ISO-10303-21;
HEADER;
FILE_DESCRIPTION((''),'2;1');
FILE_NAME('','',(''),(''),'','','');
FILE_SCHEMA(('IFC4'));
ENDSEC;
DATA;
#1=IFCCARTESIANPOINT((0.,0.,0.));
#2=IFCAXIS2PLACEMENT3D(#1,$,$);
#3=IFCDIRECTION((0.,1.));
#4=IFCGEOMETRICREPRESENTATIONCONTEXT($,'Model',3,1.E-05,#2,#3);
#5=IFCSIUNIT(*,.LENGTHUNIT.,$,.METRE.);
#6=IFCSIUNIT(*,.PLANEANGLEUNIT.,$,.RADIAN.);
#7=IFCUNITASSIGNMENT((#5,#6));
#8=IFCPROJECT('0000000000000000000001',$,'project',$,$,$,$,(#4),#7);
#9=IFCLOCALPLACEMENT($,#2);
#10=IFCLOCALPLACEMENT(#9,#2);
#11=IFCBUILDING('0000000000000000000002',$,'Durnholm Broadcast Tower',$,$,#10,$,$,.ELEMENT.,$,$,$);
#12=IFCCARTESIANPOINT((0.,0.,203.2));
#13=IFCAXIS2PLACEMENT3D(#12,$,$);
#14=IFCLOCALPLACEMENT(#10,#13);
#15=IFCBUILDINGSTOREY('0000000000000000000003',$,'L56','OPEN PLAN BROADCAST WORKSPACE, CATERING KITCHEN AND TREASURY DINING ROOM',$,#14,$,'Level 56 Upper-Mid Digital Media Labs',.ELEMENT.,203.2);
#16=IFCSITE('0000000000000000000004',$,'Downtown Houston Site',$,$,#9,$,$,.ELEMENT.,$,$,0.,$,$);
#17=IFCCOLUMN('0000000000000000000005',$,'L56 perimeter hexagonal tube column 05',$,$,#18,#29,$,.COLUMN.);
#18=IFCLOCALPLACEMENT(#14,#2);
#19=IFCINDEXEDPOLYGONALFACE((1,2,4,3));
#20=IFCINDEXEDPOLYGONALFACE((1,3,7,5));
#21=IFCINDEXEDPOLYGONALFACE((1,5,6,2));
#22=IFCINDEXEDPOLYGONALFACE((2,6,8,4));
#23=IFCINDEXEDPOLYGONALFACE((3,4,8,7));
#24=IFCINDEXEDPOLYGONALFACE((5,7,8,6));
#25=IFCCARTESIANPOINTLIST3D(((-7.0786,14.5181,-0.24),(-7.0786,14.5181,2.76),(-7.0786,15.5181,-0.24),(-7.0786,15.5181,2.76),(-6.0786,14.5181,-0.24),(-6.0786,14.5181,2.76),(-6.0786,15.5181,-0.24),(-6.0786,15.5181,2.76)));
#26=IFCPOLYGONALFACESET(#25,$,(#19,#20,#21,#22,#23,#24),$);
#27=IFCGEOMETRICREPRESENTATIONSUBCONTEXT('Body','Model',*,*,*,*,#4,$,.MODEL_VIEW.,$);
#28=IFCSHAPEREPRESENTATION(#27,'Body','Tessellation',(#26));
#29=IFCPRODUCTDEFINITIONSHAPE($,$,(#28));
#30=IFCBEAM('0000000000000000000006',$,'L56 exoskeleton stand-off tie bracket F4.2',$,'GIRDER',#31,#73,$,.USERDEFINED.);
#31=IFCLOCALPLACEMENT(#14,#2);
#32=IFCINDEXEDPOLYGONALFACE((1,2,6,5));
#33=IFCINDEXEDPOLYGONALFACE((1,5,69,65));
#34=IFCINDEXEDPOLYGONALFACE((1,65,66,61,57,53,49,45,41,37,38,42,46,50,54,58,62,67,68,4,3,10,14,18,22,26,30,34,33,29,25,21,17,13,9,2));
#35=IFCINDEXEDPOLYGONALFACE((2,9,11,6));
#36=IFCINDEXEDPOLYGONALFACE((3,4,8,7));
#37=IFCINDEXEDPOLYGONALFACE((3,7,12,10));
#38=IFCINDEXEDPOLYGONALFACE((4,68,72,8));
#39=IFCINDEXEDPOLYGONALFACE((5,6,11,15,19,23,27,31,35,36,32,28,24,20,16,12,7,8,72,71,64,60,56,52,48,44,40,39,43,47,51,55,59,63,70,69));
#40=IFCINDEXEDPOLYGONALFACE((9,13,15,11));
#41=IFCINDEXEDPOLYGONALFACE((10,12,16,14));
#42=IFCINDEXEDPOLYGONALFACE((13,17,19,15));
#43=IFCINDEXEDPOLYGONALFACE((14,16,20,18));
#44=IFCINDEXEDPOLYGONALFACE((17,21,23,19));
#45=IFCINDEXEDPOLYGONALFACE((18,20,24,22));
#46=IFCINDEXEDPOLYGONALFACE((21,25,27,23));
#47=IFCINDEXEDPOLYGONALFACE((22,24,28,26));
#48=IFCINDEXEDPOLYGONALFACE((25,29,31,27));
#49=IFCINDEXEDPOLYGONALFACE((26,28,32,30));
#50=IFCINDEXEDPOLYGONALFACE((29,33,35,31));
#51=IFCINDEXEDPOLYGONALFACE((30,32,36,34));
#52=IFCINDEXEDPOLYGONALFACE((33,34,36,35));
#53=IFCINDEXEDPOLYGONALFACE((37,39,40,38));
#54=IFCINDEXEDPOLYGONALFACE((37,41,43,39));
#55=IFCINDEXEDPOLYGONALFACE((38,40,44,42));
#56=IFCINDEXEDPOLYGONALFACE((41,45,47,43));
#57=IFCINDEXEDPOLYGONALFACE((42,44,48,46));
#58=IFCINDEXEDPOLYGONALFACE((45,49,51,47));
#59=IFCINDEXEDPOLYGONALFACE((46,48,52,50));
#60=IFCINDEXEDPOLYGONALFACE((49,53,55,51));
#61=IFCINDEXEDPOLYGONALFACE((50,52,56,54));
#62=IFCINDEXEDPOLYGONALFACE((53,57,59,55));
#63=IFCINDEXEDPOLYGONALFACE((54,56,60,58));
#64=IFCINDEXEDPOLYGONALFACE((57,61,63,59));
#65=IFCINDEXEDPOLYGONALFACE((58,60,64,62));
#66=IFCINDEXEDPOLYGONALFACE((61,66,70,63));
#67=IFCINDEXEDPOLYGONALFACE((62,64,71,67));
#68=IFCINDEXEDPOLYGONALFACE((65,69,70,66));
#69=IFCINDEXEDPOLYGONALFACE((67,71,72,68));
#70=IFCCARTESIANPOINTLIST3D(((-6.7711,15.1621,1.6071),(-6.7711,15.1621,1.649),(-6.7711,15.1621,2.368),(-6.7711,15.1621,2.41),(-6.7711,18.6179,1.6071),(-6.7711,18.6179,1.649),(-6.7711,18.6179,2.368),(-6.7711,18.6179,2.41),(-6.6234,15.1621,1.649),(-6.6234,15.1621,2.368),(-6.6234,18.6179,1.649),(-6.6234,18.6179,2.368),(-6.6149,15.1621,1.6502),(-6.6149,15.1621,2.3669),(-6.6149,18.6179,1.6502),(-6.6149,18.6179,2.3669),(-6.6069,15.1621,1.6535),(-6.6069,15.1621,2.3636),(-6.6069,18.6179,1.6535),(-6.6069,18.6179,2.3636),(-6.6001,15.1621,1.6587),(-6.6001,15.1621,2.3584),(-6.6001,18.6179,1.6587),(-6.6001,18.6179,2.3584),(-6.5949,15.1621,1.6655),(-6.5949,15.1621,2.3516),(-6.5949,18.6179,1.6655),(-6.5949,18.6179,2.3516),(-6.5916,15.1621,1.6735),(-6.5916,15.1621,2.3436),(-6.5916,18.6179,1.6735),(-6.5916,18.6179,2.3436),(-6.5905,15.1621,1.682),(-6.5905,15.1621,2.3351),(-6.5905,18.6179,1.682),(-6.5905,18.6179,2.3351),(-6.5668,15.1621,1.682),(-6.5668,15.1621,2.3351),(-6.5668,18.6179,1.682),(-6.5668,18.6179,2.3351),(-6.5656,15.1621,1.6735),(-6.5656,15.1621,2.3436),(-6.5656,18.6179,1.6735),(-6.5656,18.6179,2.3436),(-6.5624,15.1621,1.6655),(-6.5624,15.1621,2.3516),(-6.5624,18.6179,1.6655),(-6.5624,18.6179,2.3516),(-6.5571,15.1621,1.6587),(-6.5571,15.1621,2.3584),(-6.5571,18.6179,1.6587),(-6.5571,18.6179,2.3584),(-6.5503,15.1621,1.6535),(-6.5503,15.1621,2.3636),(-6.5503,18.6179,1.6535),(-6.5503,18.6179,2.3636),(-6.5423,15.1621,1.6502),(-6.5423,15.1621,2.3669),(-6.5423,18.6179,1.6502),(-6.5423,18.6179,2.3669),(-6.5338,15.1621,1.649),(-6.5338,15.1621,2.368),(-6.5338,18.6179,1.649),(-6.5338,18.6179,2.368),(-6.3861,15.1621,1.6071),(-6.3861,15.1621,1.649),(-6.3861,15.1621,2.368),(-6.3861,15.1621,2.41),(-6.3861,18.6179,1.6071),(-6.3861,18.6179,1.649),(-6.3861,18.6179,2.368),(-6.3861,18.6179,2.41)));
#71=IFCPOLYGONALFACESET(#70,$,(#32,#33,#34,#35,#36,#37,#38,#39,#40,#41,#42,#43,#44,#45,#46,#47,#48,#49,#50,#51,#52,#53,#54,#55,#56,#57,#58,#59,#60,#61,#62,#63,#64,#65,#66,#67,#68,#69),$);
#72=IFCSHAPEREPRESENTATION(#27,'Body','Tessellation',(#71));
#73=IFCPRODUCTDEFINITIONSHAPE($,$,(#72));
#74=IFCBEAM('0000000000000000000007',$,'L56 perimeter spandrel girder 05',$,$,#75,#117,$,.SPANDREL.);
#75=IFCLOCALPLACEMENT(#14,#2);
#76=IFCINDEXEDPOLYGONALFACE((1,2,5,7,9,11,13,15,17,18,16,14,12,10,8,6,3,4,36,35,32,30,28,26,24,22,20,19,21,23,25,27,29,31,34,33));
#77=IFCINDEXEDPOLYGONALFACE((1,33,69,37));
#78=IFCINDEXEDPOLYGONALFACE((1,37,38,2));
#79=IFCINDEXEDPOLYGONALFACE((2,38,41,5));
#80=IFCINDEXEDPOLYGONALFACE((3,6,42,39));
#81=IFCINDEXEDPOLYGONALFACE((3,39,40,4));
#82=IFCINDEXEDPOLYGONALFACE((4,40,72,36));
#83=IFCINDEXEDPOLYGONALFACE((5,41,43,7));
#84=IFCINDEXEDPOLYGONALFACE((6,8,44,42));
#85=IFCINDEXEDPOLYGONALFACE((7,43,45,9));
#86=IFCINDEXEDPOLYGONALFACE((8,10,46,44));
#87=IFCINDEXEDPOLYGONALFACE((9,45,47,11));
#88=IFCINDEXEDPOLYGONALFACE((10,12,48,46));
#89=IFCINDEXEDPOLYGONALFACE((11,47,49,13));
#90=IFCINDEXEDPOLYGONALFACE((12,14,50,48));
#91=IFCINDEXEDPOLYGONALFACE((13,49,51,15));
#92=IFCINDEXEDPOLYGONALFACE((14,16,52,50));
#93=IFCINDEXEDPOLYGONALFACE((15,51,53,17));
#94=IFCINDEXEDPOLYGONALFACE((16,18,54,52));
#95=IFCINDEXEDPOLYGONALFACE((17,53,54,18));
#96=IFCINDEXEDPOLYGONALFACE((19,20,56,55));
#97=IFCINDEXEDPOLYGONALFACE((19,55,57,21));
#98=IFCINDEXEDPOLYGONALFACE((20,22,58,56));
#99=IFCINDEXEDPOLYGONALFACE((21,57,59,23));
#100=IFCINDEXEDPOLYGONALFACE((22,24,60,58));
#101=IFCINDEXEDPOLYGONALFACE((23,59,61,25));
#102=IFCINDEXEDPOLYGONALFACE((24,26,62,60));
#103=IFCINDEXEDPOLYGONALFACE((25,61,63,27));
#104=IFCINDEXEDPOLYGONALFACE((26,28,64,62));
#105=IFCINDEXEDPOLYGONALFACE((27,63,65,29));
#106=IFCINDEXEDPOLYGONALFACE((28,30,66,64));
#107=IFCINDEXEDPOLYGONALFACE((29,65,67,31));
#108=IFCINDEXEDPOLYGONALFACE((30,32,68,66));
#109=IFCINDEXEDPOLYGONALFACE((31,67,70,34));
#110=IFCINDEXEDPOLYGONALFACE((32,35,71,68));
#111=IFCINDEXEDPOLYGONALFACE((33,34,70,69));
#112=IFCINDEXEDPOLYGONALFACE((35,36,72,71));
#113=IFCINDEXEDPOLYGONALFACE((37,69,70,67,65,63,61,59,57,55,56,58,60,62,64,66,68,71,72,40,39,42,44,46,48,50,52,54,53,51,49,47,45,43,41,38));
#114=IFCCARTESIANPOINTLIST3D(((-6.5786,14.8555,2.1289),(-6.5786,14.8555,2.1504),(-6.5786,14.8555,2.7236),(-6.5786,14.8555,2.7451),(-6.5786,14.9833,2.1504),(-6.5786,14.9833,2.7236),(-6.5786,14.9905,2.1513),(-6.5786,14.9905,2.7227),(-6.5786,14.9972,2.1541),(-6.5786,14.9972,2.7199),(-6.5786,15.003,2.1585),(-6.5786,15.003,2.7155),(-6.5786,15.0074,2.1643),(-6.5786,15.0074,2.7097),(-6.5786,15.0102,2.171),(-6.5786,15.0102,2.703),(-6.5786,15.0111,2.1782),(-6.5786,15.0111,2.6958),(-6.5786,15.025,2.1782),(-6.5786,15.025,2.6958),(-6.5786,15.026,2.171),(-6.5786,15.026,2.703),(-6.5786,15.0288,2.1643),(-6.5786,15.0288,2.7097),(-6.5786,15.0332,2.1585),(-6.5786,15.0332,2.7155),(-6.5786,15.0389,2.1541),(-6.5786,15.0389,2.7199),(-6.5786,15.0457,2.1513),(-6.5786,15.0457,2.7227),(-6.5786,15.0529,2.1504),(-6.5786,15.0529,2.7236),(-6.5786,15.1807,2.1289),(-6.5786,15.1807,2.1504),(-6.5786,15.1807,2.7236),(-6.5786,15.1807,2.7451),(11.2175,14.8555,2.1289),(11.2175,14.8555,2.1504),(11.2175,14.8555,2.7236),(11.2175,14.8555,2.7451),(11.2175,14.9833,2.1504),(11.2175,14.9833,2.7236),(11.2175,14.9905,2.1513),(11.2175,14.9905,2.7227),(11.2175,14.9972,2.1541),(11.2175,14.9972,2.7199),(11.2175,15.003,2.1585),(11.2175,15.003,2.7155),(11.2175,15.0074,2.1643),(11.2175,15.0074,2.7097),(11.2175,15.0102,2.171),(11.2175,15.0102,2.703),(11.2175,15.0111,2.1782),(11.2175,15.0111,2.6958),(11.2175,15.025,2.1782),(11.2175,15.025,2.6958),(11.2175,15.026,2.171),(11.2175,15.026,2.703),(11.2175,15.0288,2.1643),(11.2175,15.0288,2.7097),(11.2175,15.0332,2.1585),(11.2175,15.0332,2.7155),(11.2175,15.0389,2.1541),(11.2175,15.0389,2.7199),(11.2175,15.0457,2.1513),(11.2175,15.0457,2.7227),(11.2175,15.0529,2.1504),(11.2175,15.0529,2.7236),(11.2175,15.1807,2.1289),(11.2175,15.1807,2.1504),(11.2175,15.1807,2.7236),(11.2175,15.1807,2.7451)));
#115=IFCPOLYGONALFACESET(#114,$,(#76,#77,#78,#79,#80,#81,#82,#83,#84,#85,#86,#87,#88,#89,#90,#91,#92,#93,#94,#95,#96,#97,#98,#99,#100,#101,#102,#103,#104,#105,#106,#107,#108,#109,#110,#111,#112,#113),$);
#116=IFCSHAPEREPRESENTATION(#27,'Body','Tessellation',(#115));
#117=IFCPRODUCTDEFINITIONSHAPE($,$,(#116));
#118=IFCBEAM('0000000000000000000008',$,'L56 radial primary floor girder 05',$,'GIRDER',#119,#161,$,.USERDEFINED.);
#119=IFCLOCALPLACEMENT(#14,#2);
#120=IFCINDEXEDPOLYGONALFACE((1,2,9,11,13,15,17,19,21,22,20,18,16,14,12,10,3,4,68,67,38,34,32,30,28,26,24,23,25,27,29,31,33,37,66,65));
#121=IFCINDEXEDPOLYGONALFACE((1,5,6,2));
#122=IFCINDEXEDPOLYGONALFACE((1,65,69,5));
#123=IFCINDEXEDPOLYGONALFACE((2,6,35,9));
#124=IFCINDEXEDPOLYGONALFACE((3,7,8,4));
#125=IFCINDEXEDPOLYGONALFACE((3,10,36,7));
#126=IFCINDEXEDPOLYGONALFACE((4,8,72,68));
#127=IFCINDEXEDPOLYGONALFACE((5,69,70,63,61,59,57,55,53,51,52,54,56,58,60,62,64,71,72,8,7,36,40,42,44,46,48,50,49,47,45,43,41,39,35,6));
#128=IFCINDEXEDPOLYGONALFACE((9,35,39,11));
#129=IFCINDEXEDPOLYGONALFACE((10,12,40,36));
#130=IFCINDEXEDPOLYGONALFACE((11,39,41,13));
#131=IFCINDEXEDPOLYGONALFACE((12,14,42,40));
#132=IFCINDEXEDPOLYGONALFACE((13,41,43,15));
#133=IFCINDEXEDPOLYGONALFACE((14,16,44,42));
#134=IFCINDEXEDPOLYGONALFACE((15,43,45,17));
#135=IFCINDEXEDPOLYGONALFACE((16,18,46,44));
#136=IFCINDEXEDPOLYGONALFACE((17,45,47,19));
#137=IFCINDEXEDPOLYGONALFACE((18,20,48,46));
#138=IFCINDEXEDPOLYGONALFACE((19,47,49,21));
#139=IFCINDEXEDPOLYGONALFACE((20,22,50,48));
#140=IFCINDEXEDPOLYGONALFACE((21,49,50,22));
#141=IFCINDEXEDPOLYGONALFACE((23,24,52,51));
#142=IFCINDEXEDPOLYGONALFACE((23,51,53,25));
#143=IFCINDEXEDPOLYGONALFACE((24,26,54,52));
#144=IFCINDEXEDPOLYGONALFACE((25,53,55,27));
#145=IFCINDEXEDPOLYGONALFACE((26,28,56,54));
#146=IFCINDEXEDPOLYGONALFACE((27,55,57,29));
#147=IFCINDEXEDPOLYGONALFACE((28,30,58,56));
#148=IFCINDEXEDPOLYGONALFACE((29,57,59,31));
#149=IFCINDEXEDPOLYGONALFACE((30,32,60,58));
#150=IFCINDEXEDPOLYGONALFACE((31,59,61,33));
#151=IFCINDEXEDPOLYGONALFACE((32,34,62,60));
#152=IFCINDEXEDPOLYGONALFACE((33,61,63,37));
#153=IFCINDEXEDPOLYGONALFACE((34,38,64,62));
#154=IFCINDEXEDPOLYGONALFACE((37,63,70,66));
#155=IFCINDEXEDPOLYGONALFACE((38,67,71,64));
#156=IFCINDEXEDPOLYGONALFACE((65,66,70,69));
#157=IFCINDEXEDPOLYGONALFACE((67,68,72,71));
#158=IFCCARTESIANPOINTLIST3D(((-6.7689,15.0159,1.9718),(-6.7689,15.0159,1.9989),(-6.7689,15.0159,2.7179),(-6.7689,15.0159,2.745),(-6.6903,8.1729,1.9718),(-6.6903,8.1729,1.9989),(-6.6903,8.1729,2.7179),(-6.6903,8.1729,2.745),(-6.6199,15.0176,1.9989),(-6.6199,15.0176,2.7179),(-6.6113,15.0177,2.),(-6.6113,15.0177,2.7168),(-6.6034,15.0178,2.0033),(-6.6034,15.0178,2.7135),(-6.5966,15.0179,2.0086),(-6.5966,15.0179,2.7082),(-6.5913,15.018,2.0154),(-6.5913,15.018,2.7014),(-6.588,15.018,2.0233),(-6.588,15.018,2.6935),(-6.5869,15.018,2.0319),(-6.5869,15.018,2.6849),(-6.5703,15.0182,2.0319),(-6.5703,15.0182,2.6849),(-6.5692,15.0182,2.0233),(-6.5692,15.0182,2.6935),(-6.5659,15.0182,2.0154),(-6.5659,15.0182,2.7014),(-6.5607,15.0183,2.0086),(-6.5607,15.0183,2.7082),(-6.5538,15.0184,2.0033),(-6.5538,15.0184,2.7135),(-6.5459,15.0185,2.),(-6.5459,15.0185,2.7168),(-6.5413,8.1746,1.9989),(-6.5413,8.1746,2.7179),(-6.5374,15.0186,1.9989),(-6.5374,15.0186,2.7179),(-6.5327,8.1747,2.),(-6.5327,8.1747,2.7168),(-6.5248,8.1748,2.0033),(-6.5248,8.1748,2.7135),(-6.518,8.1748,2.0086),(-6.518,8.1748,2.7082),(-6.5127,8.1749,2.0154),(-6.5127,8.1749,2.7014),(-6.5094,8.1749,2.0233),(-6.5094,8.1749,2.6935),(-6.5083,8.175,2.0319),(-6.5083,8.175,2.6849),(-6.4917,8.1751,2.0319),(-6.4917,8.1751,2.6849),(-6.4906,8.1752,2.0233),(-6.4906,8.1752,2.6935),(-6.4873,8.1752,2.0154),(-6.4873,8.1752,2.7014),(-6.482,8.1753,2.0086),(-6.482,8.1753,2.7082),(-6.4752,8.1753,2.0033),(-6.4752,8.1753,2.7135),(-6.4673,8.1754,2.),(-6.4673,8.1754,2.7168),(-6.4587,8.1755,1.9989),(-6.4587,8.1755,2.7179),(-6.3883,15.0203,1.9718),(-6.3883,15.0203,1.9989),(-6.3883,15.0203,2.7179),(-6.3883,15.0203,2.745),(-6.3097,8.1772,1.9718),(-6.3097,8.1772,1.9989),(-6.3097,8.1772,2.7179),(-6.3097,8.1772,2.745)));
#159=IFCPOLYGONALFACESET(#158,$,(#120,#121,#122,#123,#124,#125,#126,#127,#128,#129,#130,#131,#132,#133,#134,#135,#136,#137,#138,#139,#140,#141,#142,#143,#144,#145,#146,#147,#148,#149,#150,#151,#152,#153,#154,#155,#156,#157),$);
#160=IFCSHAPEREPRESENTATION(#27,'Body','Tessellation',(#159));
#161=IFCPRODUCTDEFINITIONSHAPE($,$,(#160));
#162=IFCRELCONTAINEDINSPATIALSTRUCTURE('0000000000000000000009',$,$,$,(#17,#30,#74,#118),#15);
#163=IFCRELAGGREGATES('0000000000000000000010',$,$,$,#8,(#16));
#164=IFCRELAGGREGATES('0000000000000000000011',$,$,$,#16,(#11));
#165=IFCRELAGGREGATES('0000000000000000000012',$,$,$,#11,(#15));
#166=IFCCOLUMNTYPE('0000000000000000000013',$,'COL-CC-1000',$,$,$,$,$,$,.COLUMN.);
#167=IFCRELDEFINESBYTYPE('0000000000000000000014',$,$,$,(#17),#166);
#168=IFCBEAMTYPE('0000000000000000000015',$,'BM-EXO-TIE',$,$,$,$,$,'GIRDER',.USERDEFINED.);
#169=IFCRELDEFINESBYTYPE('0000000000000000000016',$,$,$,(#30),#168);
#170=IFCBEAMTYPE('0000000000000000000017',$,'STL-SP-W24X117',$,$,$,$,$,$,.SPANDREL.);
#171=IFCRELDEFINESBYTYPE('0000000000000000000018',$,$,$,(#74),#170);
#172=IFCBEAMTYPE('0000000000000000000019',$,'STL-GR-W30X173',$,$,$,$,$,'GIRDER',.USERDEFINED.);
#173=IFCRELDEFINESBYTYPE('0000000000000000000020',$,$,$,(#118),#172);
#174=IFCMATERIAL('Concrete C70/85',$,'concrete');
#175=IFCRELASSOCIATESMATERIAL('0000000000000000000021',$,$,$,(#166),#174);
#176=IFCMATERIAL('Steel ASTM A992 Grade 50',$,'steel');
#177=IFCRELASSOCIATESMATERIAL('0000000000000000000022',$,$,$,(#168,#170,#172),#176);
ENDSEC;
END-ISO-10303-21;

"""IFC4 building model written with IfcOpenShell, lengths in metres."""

from ifc_helpers import new_model, si_unit, direction, frame, origin, origin_2d, place, context, subcontext, project, spatial, rectangle, i_section, extrude, source, transform, mapped, material, material_profile, profile_set, type_object, type_shapes, element, save


model = new_model("IFC4")

# Units and contexts
model_context = context("Model", 3, precision=1e-05, world=origin(), true_north=direction((0.0, 1.0)))
body_context = subcontext(model_context, "Body", "Model", "MODEL_VIEW")
ifc_project = project(units=[si_unit("LENGTHUNIT", "METRE"), si_unit("PLANEANGLEUNIT", "RADIAN")], contexts=[model_context])

# Site, building, storey
site_placement = place(None, origin())
site = spatial("IfcSite", under=ifc_project, at=site_placement, Name="Downtown Houston Site", CompositionType="ELEMENT", RefElevation=0.0)
building_placement = place(site_placement, origin())
building = spatial("IfcBuilding", under=site, at=building_placement, Name="Durnholm Broadcast Tower", CompositionType="ELEMENT")
storey_placement = place(building_placement, frame((0.0, 0.0, 203.2)))
storey = spatial("IfcBuildingStorey", under=building, at=storey_placement, Name="L56", Description="OPEN PLAN BROADCAST WORKSPACE, CATERING KITCHEN AND TREASURY DINING ROOM", LongName="Level 56 Upper-Mid Digital Media Labs", CompositionType="ELEMENT", Elevation=203.2)

# Column
ifc_material_1 = material(Name="Concrete C70/85", Category="concrete")
ifc_material_profile_1 = material_profile(ifc_material_1, rectangle(XDim=1.0, YDim=1.0, at=origin_2d()), Name="RC1000X1000")
ifc_profile_set_1 = profile_set([ifc_material_profile_1], Name="Concrete C70/85")
column_type = type_object("IfcColumnType", Name="COL-CC-1000", PredefinedType="COLUMN", material=ifc_profile_set_1)
shared_shape_1 = source(origin(), body_context, "Body", "SweptSolid", [
    extrude(rectangle(XDim=1.0, YDim=1.0, at=origin_2d()), origin(), (0.0, 0.0, 1.0), 3.0),
])
type_shapes(column_type, [shared_shape_1])
column_placement = place(storey_placement, frame((-6.5786, 15.0181, -0.24), z_axis=(0.0, 0.0, 1.0), x_axis=(1.0, 0.0, 0.0)))
element("IfcColumn", 1, at=column_placement, inside=storey, type_object=column_type, Name="L56 perimeter hexagonal tube column 05", PredefinedType="COLUMN", context=body_context, shape_type="MappedRepresentation", body=[
    mapped(shared_shape_1, transform((0.0, 0.0, 0.0), x_axis=(1.0, 0.0, 0.0), y_axis=(0.0, 1.0, 0.0), z_axis=(0.0, 0.0, 1.0), scale=1.0)),
])

# Beams
ifc_material_2 = material(Name="Steel ASTM A992 Grade 50", Category="steel")
ifc_material_profile_2 = material_profile(ifc_material_2, i_section(OverallWidth=0.385, OverallDepth=0.803, WebThickness=0.0237, FlangeThickness=0.042, FilletRadius=0.033, at=origin_2d()), Name="W30X261")
ifc_profile_set_2 = profile_set([ifc_material_profile_2], Name="Steel ASTM A992 Grade 50")
beam_type_1 = type_object("IfcBeamType", Name="BM-EXO-TIE", ElementType="GIRDER", PredefinedType="USERDEFINED", material=ifc_profile_set_2)
shared_shape_2 = source(origin(), body_context, "Body", "SweptSolid", [
    extrude(i_section(OverallWidth=0.385, OverallDepth=0.803, WebThickness=0.0237, FlangeThickness=0.042, FilletRadius=0.033, at=origin_2d()), origin(), (0.0, 0.0, 1.0), 3.4558),
])
type_shapes(beam_type_1, [shared_shape_2])
beam_1_placement = place(storey_placement, frame((-6.5786, 15.1621, 2.0085), z_axis=(0.0, 1.0, 0.0), x_axis=(-1.0, 0.0, 0.0)))
element("IfcBeam", 2, at=beam_1_placement, inside=storey, type_object=beam_type_1, Name="L56 exoskeleton stand-off tie bracket F4.2", ObjectType="GIRDER", PredefinedType="USERDEFINED", context=body_context, shape_type="MappedRepresentation", body=[
    mapped(shared_shape_2, transform((0.0, 0.0, 0.0), x_axis=(1.0, 0.0, 0.0), y_axis=(0.0, 1.0, 0.0), z_axis=(0.0, 0.0, 1.0), scale=1.0)),
])
ifc_material_profile_3 = material_profile(ifc_material_2, i_section(OverallWidth=0.3252, OverallDepth=0.6162, WebThickness=0.0139, FlangeThickness=0.0215, FilletRadius=0.0278, at=origin_2d()), Name="W24X117")
ifc_profile_set_3 = profile_set([ifc_material_profile_3], Name="Steel ASTM A992 Grade 50")
beam_type_2 = type_object("IfcBeamType", Name="STL-SP-W24X117", PredefinedType="SPANDREL", material=ifc_profile_set_3)
shared_shape_3 = source(origin(), body_context, "Body", "SweptSolid", [
    extrude(i_section(OverallWidth=0.3252, OverallDepth=0.6162, WebThickness=0.0139, FlangeThickness=0.0215, FilletRadius=0.0278, at=origin_2d()), origin(), (0.0, 0.0, 1.0), 17.7961),
])
type_shapes(beam_type_2, [shared_shape_3])
beam_2_placement = place(storey_placement, frame((-6.5786, 15.0181, 2.437), z_axis=(1.0, 0.0, 0.0), x_axis=(0.0, 1.0, 0.0)))
element("IfcBeam", 3, at=beam_2_placement, inside=storey, type_object=beam_type_2, Name="L56 perimeter spandrel girder 05", PredefinedType="SPANDREL", context=body_context, shape_type="MappedRepresentation", body=[
    mapped(shared_shape_3, transform((0.0, 0.0, 0.0), x_axis=(1.0, 0.0, 0.0), y_axis=(0.0, 1.0, 0.0), z_axis=(0.0, 0.0, 1.0), scale=1.0)),
])
ifc_material_profile_4 = material_profile(ifc_material_2, i_section(OverallWidth=0.3806, OverallDepth=0.7732, WebThickness=0.0166, FlangeThickness=0.0271, FilletRadius=0.033, at=origin_2d()), Name="W30X173")
ifc_profile_set_4 = profile_set([ifc_material_profile_4], Name="Steel ASTM A992 Grade 50")
beam_type_3 = type_object("IfcBeamType", Name="STL-GR-W30X173", ElementType="GIRDER", PredefinedType="USERDEFINED", material=ifc_profile_set_4)
shared_shape_4 = source(origin(), body_context, "Body", "SweptSolid", [
    extrude(i_section(OverallWidth=0.3806, OverallDepth=0.7732, WebThickness=0.0166, FlangeThickness=0.0271, FilletRadius=0.033, at=origin_2d()), origin(), (0.0, 0.0, 1.0), 6.8435),
])
type_shapes(beam_type_3, [shared_shape_4])
beam_3_placement = place(storey_placement, frame((-6.5, 8.175, 2.3584), z_axis=(-0.011487, 0.999934, 0.0), x_axis=(-0.999934, -0.011487, 0.0)))
element("IfcBeam", 4, at=beam_3_placement, inside=storey, type_object=beam_type_3, Name="L56 radial primary floor girder 05", ObjectType="GIRDER", PredefinedType="USERDEFINED", context=body_context, shape_type="MappedRepresentation", body=[
    mapped(shared_shape_4, transform((0.0, 0.0, 0.0), x_axis=(1.0, 0.0, 0.0), y_axis=(0.0, 1.0, 0.0), z_axis=(0.0, 0.0, 1.0), scale=1.0)),
])

save(model, "model.ifc")
